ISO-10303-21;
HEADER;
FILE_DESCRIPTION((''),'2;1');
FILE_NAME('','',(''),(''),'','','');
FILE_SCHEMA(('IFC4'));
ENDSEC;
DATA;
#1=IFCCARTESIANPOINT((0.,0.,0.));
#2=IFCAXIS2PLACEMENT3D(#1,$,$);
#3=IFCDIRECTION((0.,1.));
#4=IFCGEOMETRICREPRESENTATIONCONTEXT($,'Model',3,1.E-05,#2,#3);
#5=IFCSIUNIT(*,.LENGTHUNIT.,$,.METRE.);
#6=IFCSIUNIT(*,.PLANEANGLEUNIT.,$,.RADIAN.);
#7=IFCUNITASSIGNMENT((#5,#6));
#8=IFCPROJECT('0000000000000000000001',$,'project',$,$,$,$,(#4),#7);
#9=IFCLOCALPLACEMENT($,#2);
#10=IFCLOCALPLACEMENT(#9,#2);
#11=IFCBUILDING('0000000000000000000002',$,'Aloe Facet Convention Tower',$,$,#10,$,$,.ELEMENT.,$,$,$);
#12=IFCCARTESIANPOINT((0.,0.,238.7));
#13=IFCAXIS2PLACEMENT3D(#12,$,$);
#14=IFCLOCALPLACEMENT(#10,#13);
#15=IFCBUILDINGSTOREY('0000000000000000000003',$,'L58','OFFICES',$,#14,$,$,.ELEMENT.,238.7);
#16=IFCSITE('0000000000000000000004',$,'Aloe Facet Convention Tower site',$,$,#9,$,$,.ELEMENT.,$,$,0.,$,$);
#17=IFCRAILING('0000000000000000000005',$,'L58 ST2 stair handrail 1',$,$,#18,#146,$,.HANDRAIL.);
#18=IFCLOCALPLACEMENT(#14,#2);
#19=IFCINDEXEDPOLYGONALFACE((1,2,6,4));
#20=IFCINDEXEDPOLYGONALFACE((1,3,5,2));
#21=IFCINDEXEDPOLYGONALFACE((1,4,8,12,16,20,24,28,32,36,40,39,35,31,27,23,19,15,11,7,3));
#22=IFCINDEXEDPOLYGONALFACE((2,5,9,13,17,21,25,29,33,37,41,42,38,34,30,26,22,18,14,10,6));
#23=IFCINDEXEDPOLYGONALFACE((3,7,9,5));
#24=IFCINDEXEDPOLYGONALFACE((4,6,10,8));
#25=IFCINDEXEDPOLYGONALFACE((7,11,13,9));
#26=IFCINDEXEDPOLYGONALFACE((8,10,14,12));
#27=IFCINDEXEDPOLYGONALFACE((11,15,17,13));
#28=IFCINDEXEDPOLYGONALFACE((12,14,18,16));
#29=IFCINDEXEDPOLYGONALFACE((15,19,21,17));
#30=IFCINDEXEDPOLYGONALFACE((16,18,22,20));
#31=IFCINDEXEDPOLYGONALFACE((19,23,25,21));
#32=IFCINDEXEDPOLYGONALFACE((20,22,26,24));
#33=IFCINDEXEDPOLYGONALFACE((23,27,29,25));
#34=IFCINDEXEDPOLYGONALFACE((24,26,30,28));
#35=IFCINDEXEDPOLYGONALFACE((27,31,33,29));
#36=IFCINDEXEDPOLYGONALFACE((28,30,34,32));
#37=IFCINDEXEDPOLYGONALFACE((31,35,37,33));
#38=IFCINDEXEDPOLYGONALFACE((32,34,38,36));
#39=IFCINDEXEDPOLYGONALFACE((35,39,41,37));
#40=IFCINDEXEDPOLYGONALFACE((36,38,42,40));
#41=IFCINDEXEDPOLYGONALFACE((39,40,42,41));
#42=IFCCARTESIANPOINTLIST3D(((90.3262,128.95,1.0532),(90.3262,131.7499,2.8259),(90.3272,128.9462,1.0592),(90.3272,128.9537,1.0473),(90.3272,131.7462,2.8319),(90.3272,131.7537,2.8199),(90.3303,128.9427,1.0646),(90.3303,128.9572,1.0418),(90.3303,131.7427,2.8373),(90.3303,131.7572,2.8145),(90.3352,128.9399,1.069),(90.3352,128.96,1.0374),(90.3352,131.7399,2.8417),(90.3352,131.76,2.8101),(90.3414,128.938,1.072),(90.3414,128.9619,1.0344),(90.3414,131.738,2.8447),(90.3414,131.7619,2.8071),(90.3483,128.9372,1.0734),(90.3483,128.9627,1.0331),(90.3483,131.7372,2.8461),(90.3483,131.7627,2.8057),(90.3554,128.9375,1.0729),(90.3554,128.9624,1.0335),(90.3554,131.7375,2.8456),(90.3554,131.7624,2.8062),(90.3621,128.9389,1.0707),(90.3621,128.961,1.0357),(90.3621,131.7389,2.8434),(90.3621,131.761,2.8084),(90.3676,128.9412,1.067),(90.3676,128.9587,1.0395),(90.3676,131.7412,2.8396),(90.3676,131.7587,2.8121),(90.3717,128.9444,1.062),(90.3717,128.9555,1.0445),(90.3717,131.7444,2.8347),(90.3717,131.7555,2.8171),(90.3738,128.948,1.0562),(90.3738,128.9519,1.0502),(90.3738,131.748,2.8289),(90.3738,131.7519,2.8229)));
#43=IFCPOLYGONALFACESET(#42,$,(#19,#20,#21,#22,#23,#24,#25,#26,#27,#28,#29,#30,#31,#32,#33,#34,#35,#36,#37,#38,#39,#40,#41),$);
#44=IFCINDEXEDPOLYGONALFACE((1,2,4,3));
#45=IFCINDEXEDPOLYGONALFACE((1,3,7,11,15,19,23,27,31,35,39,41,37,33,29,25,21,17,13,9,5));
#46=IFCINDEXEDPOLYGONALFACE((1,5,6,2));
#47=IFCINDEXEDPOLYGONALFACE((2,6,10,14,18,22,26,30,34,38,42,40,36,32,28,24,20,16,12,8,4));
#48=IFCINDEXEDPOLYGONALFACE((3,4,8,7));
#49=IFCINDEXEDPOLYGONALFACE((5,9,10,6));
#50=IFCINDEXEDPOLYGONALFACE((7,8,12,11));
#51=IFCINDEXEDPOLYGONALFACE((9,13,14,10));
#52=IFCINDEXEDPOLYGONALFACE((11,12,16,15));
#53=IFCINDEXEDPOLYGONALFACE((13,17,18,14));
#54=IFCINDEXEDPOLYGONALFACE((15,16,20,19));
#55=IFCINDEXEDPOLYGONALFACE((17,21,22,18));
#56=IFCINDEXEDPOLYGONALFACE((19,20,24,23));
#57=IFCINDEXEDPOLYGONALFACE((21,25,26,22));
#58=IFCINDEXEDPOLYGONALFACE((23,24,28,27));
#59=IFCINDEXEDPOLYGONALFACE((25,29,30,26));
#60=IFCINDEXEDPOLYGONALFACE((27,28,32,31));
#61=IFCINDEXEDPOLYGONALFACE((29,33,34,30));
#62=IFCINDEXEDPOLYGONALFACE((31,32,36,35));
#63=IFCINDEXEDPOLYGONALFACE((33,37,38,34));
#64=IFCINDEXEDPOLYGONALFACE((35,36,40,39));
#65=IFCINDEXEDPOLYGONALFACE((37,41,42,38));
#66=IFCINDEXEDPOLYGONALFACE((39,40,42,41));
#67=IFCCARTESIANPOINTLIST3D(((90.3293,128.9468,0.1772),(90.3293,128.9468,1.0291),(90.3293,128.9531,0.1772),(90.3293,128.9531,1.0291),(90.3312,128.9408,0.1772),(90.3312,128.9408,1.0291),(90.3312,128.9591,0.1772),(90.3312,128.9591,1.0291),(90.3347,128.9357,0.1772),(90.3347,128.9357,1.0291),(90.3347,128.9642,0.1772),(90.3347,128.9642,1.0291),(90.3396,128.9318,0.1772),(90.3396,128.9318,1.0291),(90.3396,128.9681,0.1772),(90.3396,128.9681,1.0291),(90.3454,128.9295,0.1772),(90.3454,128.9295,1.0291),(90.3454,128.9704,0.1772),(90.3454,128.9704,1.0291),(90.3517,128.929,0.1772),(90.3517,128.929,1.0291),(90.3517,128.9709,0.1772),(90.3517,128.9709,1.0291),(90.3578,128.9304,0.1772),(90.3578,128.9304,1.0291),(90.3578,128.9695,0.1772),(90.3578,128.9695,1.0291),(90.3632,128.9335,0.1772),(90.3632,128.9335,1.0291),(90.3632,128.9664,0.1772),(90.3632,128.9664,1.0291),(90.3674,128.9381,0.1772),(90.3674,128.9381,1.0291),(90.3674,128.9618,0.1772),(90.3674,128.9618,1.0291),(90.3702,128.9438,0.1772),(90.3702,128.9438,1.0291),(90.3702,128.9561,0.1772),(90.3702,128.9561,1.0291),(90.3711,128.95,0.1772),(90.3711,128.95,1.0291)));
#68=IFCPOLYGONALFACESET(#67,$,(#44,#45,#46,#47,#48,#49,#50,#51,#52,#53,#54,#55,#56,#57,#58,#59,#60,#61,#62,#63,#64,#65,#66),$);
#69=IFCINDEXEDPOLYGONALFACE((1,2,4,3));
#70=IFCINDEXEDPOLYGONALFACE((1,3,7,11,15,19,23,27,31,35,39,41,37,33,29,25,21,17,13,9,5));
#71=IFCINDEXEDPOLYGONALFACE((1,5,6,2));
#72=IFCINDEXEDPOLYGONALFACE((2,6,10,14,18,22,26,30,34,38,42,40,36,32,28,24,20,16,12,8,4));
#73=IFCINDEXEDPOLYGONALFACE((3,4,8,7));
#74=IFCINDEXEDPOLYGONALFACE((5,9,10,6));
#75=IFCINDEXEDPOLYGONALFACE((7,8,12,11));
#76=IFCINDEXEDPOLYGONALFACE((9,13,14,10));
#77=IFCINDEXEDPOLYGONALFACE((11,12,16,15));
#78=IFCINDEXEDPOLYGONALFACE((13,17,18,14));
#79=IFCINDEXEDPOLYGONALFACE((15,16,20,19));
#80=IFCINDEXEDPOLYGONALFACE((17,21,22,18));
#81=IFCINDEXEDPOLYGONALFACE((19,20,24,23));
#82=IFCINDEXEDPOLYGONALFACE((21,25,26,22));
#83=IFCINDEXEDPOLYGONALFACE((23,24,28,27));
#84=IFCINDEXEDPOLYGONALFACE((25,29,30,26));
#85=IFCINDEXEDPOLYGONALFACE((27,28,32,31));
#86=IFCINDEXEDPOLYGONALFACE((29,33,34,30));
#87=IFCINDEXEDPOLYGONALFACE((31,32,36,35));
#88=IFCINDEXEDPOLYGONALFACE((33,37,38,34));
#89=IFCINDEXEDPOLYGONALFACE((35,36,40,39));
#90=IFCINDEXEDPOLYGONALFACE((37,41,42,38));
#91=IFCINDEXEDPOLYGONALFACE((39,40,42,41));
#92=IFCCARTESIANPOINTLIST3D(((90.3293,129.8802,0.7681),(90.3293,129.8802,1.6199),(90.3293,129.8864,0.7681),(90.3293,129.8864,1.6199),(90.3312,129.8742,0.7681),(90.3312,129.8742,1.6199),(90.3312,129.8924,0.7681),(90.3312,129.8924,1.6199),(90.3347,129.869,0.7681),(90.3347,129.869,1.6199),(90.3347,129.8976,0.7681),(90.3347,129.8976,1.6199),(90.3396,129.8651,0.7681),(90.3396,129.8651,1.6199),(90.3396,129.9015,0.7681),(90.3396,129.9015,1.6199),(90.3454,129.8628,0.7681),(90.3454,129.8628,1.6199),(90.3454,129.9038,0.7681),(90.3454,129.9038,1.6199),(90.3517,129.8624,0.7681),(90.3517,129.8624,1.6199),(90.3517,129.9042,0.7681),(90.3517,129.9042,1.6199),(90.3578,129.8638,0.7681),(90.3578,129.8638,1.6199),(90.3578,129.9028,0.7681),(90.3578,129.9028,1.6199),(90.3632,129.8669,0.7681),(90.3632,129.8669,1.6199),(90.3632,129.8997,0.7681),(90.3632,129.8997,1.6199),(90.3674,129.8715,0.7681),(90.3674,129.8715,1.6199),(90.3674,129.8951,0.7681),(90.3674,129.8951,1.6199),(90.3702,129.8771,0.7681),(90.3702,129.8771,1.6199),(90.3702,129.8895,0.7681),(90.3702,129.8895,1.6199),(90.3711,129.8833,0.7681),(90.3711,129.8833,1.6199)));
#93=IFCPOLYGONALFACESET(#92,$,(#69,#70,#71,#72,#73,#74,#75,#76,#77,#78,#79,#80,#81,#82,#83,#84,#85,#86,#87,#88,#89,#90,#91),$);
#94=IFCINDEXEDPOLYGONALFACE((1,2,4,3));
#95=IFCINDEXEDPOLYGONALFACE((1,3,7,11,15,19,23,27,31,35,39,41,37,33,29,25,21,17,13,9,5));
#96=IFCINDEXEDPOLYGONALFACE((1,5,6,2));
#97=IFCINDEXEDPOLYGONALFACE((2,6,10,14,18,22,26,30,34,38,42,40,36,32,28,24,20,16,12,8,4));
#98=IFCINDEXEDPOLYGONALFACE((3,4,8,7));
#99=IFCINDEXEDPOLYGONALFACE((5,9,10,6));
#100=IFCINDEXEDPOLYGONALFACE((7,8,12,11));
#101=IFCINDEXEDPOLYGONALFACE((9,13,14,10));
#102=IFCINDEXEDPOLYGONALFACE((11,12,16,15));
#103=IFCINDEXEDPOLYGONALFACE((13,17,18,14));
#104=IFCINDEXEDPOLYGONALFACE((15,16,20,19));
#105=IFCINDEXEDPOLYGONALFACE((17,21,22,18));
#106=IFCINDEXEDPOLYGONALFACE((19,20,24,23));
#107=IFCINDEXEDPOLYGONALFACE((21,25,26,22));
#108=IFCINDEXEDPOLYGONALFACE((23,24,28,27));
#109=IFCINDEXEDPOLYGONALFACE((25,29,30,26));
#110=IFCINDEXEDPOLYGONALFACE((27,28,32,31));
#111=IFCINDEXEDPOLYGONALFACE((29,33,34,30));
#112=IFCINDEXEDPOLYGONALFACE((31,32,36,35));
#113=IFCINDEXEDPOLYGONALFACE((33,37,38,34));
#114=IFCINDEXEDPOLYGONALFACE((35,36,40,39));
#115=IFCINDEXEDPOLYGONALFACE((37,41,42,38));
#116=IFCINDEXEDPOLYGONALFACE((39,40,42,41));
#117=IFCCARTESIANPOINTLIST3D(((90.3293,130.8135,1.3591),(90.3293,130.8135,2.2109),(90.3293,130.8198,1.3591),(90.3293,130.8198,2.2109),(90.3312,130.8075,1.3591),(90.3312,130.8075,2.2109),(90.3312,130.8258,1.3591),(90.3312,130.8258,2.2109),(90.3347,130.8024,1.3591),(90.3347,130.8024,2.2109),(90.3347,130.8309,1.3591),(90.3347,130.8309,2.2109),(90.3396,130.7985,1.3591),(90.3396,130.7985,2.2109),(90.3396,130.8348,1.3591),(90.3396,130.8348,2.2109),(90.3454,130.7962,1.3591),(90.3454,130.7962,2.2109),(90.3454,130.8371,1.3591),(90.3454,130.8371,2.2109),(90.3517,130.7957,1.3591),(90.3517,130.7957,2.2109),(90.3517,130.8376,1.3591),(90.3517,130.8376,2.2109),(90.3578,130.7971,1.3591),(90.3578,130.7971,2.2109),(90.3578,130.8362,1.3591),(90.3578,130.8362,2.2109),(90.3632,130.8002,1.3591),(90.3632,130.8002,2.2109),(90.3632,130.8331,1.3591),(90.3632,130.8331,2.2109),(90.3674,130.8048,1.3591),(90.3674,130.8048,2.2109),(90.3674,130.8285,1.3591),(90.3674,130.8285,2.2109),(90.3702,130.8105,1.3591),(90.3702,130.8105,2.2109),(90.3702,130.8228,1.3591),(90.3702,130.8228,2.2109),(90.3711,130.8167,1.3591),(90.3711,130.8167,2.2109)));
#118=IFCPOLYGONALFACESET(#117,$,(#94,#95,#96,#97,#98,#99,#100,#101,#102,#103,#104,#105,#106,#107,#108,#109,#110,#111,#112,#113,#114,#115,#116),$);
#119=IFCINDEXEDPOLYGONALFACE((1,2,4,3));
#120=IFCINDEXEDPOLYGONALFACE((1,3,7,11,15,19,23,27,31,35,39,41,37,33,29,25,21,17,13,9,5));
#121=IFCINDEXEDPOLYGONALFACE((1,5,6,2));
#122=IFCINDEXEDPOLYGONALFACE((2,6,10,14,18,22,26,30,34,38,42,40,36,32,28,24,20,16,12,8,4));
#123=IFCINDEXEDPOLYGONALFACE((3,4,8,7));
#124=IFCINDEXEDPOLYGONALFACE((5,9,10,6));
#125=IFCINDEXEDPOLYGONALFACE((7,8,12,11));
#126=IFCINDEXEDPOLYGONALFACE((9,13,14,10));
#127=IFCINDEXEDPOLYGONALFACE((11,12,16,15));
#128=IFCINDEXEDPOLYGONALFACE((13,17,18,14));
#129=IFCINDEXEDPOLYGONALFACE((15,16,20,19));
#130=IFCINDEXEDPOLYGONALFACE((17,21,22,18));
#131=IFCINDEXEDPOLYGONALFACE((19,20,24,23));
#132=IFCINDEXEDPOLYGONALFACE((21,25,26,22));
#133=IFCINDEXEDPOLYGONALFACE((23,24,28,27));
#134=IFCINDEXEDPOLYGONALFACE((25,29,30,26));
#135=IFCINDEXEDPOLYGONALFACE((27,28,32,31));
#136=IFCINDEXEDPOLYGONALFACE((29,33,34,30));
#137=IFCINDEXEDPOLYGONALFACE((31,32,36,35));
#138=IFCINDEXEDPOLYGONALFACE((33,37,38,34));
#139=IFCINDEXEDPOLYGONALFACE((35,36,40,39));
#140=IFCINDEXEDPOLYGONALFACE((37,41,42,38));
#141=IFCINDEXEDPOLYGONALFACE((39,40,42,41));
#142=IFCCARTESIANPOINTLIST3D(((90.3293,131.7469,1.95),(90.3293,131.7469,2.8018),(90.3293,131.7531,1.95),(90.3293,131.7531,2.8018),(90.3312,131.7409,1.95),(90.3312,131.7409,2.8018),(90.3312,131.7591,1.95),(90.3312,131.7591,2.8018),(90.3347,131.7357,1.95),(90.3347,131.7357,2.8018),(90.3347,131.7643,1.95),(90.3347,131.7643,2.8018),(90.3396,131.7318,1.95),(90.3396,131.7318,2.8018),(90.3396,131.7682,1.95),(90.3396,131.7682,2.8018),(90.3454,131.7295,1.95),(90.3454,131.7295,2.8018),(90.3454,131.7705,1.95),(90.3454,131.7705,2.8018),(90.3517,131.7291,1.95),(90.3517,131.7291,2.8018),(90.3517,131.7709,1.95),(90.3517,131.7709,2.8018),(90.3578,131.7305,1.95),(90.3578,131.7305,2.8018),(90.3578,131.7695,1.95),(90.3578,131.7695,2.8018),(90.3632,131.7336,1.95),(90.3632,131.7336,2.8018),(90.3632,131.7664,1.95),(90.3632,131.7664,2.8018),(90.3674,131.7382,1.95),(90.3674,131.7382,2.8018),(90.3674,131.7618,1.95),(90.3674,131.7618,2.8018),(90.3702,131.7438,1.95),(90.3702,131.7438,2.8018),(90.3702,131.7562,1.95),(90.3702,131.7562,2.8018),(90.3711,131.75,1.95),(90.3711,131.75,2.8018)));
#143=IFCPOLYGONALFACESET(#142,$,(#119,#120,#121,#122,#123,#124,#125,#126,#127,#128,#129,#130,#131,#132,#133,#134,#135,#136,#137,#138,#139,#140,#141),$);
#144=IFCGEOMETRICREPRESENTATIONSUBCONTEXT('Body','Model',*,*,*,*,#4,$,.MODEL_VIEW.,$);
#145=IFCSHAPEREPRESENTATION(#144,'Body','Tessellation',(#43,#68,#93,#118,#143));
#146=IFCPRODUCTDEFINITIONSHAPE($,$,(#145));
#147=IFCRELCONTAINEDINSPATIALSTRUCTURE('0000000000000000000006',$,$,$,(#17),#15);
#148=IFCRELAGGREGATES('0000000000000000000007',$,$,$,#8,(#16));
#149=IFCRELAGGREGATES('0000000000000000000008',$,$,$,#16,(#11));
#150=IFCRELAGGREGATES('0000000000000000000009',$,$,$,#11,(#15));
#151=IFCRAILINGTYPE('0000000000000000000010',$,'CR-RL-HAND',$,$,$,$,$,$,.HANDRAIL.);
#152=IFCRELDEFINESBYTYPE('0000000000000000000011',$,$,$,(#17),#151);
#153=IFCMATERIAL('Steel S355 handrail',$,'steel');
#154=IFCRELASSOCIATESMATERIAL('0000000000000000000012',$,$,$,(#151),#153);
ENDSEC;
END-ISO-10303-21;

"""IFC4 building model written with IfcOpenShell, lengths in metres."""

from ifc_helpers import new_model, si_unit, direction, frame, origin, origin_2d, place, context, subcontext, project, spatial, circle, extrude, material, type_object, element, save


model = new_model("IFC4")

# Units and contexts
model_context = context("Model", 3, precision=1e-05, world=origin(), true_north=direction((0.0, 1.0)))
body_context = subcontext(model_context, "Body", "Model", "MODEL_VIEW")
ifc_project = project(units=[si_unit("LENGTHUNIT", "METRE"), si_unit("PLANEANGLEUNIT", "RADIAN")], contexts=[model_context])

# Site, building, storey
site_placement = place(None, origin())
site = spatial("IfcSite", under=ifc_project, at=site_placement, Name="Aloe Facet Convention Tower site", CompositionType="ELEMENT", RefElevation=0.0)
building_placement = place(site_placement, origin())
building = spatial("IfcBuilding", under=site, at=building_placement, Name="Aloe Facet Convention Tower", CompositionType="ELEMENT")
storey_placement = place(building_placement, frame((0.0, 0.0, 238.7)))
storey = spatial("IfcBuildingStorey", under=building, at=storey_placement, Name="L58", Description="OFFICES", CompositionType="ELEMENT", Elevation=238.7)

# Railing
ifc_material_1 = material(Name="Steel S355 handrail", Category="steel")
railing_type_1 = type_object("IfcRailingType", Name="CR-RL-HAND", PredefinedType="HANDRAIL", material=ifc_material_1)
railing_1_placement = place(storey_placement, frame((90.3501, 128.95, 0.1772)))
element("IfcRailing", 1, at=railing_1_placement, inside=storey, type_object=railing_type_1, Name="L58 ST2 stair handrail 1", PredefinedType="HANDRAIL", context=body_context, shape_type="SweptSolid", body=[
    extrude(circle(Radius=0.0239, at=origin_2d()), frame((0.0, 0.0, 0.876), z_axis=(0.0, 0.844909, 0.53491), x_axis=(-1.0, 0.0, 0.0)), (0.0, 0.0, 1.0), 3.314),
    extrude(circle(Radius=0.021, at=origin_2d()), origin(), (0.0, 0.0, 1.0), 0.8518),
    extrude(circle(Radius=0.021, at=origin_2d()), frame((0.0, 0.9333, 0.5908)), (0.0, 0.0, 1.0), 0.8518),
    extrude(circle(Radius=0.021, at=origin_2d()), frame((0.0, 1.8667, 1.1819)), (0.0, 0.0, 1.0), 0.8518),
    extrude(circle(Radius=0.021, at=origin_2d()), frame((0.0, 2.8, 1.7727)), (0.0, 0.0, 1.0), 0.8518),
])

save(model, "model.ifc")
